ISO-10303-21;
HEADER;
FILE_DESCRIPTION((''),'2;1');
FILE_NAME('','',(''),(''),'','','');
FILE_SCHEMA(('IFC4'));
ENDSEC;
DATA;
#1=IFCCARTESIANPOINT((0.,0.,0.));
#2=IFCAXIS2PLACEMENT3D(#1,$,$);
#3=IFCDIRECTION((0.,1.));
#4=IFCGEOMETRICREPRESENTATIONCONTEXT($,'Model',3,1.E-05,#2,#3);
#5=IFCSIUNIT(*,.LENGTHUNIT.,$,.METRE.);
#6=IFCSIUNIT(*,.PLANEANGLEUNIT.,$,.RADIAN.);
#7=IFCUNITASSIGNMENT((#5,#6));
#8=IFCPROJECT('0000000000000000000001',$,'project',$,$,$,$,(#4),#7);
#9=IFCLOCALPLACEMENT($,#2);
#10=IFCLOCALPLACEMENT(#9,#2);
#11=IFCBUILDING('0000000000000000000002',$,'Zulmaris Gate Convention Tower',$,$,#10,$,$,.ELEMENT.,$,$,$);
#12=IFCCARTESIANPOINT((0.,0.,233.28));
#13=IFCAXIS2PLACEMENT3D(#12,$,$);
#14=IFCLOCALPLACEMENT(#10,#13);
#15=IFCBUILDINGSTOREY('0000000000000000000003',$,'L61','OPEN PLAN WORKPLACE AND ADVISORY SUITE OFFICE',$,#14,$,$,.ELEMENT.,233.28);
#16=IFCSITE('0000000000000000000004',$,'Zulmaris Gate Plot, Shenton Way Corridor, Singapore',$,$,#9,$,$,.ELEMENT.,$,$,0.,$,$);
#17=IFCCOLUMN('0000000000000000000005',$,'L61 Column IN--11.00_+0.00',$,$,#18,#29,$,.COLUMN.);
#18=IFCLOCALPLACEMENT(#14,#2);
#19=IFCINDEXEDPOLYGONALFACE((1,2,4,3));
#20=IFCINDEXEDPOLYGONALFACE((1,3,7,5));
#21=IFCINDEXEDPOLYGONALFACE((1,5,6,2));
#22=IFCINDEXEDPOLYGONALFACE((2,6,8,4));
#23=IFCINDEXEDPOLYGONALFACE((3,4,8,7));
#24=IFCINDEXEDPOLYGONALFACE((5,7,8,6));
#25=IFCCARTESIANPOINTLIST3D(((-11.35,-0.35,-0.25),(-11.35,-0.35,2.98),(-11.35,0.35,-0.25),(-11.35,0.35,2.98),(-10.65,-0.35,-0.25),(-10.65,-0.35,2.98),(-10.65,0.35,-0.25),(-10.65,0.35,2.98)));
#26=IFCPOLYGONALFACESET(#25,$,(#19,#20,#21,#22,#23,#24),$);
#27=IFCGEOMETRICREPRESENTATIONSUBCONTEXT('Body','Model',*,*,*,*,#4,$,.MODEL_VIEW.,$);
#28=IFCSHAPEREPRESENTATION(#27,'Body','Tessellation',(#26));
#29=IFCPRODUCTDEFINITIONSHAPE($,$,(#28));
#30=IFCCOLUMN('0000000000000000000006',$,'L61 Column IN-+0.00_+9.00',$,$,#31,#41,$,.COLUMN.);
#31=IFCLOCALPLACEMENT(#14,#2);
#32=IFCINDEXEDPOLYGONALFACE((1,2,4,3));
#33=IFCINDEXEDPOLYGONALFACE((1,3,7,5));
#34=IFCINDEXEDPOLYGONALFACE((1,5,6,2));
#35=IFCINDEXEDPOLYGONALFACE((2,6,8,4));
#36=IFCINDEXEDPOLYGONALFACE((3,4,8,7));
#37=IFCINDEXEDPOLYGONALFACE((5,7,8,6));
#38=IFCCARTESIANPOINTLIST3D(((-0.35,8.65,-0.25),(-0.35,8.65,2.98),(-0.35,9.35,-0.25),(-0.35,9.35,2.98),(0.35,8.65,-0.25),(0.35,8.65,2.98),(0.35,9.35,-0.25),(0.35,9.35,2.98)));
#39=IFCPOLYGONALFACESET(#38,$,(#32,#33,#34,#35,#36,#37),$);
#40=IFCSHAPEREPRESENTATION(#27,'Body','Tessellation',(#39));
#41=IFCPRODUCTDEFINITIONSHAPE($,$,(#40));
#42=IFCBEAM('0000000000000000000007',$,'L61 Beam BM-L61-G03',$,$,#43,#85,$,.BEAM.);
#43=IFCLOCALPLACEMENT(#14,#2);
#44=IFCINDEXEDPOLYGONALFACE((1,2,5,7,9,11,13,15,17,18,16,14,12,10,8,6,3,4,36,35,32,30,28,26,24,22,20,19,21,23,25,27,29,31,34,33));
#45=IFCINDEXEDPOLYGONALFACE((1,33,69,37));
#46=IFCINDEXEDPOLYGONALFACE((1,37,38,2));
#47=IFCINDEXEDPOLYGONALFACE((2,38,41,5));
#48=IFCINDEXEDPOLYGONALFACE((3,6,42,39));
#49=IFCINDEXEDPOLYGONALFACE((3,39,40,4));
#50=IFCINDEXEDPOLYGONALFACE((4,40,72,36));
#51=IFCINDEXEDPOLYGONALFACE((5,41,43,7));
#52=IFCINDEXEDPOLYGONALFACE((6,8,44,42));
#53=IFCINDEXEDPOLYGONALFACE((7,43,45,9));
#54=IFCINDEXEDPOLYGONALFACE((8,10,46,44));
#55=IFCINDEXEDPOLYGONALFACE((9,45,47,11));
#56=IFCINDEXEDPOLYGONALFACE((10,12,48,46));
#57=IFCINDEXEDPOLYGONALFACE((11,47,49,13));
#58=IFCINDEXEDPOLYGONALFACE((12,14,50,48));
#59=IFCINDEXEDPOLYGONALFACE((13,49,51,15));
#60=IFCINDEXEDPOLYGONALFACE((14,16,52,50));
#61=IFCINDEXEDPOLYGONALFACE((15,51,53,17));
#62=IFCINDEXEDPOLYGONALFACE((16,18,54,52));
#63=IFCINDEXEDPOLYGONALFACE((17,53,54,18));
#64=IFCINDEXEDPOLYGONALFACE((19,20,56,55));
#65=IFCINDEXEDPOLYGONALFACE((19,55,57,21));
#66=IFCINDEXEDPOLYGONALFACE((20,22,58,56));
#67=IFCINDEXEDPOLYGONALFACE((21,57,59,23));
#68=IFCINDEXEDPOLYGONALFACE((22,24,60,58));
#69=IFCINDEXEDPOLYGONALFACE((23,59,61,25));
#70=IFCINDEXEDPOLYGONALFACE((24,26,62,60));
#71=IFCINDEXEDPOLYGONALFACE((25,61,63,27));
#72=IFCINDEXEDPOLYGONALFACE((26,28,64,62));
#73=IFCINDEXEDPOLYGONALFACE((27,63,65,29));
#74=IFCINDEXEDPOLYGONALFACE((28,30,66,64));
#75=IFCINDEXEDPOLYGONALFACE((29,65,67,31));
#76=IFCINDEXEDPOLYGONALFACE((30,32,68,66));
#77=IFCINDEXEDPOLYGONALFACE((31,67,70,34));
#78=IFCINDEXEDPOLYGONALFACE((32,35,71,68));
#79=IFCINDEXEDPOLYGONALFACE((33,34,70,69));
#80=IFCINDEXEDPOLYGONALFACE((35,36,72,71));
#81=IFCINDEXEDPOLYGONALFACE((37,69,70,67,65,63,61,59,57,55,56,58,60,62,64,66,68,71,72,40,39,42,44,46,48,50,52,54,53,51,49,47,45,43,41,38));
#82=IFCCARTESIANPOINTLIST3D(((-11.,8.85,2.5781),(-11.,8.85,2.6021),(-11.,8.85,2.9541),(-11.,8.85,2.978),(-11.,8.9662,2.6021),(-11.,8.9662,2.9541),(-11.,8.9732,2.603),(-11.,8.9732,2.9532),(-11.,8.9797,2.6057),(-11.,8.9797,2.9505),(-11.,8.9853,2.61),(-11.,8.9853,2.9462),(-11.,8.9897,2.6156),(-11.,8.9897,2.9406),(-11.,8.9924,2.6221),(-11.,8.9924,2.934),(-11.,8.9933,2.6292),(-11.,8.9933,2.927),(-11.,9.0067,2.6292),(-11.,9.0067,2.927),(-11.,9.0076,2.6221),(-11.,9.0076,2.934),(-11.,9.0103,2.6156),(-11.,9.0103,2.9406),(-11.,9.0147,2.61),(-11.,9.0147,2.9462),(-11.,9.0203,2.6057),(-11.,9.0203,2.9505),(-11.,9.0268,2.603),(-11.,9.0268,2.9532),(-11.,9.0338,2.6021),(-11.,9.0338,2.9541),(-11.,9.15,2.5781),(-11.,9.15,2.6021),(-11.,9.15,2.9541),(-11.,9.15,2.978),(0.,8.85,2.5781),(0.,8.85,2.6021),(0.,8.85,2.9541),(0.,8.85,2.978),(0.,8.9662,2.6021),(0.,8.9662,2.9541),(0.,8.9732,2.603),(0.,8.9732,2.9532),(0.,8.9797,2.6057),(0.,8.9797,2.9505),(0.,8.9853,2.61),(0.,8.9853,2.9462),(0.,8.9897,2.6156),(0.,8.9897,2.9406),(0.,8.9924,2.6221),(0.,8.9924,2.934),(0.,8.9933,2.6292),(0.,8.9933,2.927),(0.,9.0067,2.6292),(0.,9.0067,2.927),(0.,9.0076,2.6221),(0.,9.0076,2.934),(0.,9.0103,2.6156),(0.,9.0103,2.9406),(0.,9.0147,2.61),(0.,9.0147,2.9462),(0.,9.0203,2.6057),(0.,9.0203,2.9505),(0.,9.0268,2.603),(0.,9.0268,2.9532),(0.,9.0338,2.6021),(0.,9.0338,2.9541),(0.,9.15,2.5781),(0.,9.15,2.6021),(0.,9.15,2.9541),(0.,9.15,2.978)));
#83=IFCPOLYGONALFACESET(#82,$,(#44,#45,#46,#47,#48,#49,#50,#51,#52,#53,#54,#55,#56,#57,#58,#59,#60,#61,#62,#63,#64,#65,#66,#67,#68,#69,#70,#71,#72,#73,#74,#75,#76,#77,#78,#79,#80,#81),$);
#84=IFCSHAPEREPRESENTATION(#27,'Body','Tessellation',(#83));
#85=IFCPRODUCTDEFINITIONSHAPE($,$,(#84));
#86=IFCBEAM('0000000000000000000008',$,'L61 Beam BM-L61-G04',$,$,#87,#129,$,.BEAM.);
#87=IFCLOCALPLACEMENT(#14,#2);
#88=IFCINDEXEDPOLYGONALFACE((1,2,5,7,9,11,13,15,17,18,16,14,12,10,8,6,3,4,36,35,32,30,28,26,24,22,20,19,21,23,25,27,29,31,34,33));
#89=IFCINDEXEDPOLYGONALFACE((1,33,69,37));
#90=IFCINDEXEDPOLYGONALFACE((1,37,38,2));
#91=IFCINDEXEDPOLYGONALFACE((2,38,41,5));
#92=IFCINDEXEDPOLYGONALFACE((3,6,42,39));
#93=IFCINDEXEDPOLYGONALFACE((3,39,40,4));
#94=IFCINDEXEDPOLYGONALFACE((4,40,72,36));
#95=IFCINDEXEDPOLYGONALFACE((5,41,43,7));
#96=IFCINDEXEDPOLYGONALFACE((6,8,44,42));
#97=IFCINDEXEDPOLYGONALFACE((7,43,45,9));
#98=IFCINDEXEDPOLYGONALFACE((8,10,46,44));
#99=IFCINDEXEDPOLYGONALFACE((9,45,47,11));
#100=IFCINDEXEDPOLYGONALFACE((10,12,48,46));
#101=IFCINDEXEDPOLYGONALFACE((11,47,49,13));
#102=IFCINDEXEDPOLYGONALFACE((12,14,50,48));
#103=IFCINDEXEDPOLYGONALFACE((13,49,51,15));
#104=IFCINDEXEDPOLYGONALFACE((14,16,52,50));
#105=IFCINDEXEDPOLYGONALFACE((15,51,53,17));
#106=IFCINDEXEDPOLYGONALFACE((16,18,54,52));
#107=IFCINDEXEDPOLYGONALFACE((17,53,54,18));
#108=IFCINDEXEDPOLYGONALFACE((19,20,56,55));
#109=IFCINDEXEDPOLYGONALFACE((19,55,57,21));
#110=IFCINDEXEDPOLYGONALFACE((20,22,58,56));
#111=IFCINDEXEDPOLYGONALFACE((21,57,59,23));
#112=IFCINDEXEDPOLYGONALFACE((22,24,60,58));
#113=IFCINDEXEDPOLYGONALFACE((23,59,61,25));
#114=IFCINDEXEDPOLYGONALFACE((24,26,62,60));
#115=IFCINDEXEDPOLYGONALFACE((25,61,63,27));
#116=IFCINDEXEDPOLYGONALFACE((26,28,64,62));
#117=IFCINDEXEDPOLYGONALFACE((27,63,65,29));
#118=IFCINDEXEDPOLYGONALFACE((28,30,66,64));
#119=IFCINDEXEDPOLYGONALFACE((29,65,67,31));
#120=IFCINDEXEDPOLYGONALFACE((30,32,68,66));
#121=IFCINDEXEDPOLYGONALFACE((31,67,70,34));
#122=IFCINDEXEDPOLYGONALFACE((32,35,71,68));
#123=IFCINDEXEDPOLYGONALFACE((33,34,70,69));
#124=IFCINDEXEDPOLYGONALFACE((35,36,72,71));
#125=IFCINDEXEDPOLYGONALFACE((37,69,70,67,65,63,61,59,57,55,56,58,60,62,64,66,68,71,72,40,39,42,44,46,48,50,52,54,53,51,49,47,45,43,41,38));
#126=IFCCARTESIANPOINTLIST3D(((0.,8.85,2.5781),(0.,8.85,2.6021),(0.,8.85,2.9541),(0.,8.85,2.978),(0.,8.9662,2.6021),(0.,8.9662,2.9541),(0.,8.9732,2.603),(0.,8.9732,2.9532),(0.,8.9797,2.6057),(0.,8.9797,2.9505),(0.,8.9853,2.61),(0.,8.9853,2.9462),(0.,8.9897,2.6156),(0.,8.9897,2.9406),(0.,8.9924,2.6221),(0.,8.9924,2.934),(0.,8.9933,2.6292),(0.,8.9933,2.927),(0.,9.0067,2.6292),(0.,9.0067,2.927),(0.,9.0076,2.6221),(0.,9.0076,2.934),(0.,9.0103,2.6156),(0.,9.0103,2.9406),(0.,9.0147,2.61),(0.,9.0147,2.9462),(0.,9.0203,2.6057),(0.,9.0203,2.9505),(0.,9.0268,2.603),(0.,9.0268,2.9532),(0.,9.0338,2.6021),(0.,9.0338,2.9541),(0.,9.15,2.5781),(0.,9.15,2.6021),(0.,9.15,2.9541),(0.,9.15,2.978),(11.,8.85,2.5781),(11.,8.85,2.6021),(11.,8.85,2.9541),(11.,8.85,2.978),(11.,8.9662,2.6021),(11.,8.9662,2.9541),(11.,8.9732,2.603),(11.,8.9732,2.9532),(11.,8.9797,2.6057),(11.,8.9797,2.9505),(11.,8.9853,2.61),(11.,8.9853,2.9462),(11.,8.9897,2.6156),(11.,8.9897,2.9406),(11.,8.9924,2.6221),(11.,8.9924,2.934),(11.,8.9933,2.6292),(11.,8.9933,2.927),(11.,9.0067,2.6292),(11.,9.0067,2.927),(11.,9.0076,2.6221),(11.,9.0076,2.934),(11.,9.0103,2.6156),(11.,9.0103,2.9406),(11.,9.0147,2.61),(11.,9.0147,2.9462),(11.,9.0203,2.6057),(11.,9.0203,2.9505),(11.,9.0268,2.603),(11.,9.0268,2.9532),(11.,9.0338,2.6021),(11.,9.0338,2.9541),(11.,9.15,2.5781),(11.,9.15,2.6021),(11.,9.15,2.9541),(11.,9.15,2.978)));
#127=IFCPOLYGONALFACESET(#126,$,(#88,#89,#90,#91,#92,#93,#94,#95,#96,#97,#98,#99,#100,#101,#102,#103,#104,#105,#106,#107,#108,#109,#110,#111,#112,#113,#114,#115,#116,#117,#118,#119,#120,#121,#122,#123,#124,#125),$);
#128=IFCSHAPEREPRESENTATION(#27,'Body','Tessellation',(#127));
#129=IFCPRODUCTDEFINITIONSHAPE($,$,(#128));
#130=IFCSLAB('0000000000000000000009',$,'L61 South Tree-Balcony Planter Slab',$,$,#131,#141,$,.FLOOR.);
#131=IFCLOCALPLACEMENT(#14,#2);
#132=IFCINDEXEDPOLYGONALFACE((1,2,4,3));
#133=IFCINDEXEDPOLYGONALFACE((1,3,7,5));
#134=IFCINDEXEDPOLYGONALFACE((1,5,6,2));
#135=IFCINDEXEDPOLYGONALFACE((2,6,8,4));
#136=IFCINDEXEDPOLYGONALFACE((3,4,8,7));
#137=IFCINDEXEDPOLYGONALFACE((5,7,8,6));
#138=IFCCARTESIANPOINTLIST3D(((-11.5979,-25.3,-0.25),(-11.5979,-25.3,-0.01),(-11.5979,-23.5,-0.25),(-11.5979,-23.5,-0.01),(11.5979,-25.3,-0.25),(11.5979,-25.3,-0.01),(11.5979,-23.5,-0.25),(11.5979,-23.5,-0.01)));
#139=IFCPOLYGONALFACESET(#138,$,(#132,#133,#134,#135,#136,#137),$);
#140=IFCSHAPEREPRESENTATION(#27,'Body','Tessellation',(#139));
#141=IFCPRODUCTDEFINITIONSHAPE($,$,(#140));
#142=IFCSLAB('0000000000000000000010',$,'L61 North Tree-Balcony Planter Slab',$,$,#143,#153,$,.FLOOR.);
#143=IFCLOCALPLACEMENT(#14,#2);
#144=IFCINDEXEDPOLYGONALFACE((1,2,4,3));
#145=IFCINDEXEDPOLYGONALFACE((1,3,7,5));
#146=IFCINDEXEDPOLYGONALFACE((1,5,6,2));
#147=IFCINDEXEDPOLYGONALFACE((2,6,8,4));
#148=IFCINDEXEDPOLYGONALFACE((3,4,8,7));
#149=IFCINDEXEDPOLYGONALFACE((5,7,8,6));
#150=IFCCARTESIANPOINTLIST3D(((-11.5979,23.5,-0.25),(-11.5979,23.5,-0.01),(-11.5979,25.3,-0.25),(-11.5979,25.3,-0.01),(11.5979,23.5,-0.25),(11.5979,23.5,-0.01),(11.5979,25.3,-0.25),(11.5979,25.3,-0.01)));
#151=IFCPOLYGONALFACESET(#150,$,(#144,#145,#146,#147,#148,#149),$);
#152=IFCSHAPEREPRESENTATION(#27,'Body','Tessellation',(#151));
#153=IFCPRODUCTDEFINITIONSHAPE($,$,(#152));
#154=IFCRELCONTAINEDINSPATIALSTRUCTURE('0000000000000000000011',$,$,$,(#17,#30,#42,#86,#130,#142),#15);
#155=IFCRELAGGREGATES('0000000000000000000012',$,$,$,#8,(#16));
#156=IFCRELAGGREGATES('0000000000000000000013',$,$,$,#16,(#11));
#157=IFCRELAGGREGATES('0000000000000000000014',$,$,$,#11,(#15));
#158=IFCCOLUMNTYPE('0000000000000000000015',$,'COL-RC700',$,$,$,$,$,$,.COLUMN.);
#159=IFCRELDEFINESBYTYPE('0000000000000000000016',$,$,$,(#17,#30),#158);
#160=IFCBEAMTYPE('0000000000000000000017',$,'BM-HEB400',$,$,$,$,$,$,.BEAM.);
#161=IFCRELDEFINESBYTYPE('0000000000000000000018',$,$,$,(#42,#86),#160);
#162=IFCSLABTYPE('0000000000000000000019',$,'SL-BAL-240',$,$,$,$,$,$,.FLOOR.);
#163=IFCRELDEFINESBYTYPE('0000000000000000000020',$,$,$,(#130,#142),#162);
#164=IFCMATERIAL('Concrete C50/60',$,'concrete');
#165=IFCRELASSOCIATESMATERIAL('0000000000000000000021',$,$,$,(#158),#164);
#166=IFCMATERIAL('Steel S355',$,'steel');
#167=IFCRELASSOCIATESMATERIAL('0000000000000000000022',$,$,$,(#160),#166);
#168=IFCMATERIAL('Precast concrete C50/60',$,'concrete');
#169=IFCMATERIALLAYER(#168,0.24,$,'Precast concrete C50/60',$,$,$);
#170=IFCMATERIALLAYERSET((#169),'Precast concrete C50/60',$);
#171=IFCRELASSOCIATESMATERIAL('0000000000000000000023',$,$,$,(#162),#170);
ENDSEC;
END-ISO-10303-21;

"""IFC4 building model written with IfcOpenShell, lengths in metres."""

from ifc_helpers import new_model, si_unit, direction, frame, origin, origin_2d, place, context, subcontext, project, spatial, polyline, rectangle, i_section, outline, extrude, material, layer, layer_set, material_profile, profile_set, type_object, element, save


model = new_model("IFC4")

# Units and contexts
model_context = context("Model", 3, precision=1e-05, world=origin(), true_north=direction((0.0, 1.0)))
body_context = subcontext(model_context, "Body", "Model", "MODEL_VIEW")
ifc_project = project(units=[si_unit("LENGTHUNIT", "METRE"), si_unit("PLANEANGLEUNIT", "RADIAN")], contexts=[model_context])

# Site, building, storey
site_placement = place(None, origin())
site = spatial("IfcSite", under=ifc_project, at=site_placement, Name="Zulmaris Gate Plot, Shenton Way Corridor, Singapore", CompositionType="ELEMENT", RefElevation=0.0)
building_placement = place(site_placement, origin())
building = spatial("IfcBuilding", under=site, at=building_placement, Name="Zulmaris Gate Convention Tower", CompositionType="ELEMENT")
storey_placement = place(building_placement, frame((0.0, 0.0, 233.28)))
storey = spatial("IfcBuildingStorey", under=building, at=storey_placement, Name="L61", Description="OPEN PLAN WORKPLACE AND ADVISORY SUITE OFFICE", CompositionType="ELEMENT", Elevation=233.28)

# Columns
ifc_material_1 = material(Name="Concrete C50/60", Category="concrete")
ifc_material_profile_1 = material_profile(ifc_material_1, rectangle(XDim=0.7, YDim=0.7, at=origin_2d()), Name="RC COL 700x700")
ifc_profile_set_1 = profile_set([ifc_material_profile_1], Name="Concrete C50/60")
column_type = type_object("IfcColumnType", Name="COL-RC700", PredefinedType="COLUMN", material=ifc_profile_set_1)
for number, where, z_axis, x_axis, name in (
    (1, (-11.0, 0.0, -0.25), (0.0, 0.0, 1.0), (1.0, 0.0, 0.0), "L61 Column IN--11.00_+0.00"),
    (2, (0.0, 9.0, -0.25), (0.0, 0.0, 1.0), (1.0, 0.0, 0.0), "L61 Column IN-+0.00_+9.00"),
):
    element("IfcColumn", number, at=place(storey_placement, frame(where, z_axis=z_axis, x_axis=x_axis)), inside=storey, type_object=column_type, Name=name, PredefinedType="COLUMN", context=body_context, shape_type="SweptSolid", body=[
        extrude(rectangle(XDim=0.7, YDim=0.7, at=origin_2d()), origin(), (0.0, 0.0, 1.0), 3.23),
    ])

# Beams
ifc_material_2 = material(Name="Steel S355", Category="steel")
ifc_material_profile_2 = material_profile(ifc_material_2, i_section(OverallWidth=0.3, OverallDepth=0.3999, WebThickness=0.0134, FlangeThickness=0.0239, FilletRadius=0.0271, at=origin_2d()), Name="HEB 400")
ifc_profile_set_2 = profile_set([ifc_material_profile_2], Name="Steel S355")
beam_type = type_object("IfcBeamType", Name="BM-HEB400", PredefinedType="BEAM", material=ifc_profile_set_2)
for number, where, z_axis, x_axis, name in (
    (3, (-11.0, 9.0, 2.7781), (1.0, 0.0, 0.0), (0.0, 1.0, 0.0), "L61 Beam BM-L61-G03"),
    (4, (0.0, 9.0, 2.7781), (1.0, 0.0, 0.0), (0.0, 1.0, 0.0), "L61 Beam BM-L61-G04"),
):
    element("IfcBeam", number, at=place(storey_placement, frame(where, z_axis=z_axis, x_axis=x_axis)), inside=storey, type_object=beam_type, Name=name, PredefinedType="BEAM", context=body_context, shape_type="SweptSolid", body=[
        extrude(i_section(OverallWidth=0.3, OverallDepth=0.3999, WebThickness=0.0134, FlangeThickness=0.0239, FilletRadius=0.0271, at=origin_2d()), origin(), (0.0, 0.0, 1.0), 11.0),
    ])

# Slabs
ifc_material_3 = material(Name="Precast concrete C50/60", Category="concrete")
ifc_layer_1 = layer(ifc_material_3, 0.24, Name="Precast concrete C50/60")
ifc_layer_set_1 = layer_set([ifc_layer_1], Name="Precast concrete C50/60")
slab_type_1 = type_object("IfcSlabType", Name="SL-BAL-240", PredefinedType="FLOOR", material=ifc_layer_set_1)
slab_1_placement = place(storey_placement, frame((0.0, 0.0, -0.25)))
element("IfcSlab", 5, at=slab_1_placement, inside=storey, type_object=slab_type_1, Name="L61 South Tree-Balcony Planter Slab", PredefinedType="FLOOR", context=body_context, shape_type="SweptSolid", body=[
    extrude(outline(polyline([(-11.5979, -25.3), (-11.5979, -23.5), (11.5979, -23.5), (11.5979, -25.3), (-11.5979, -25.3)])), origin(), (0.0, 0.0, 1.0), 0.24),
])
slab_2_placement = place(storey_placement, frame((0.0, 0.0, -0.25)))
element("IfcSlab", 6, at=slab_2_placement, inside=storey, type_object=slab_type_1, Name="L61 North Tree-Balcony Planter Slab", PredefinedType="FLOOR", context=body_context, shape_type="SweptSolid", body=[
    extrude(outline(polyline([(11.5979, 25.3), (11.5979, 23.5), (-11.5979, 23.5), (-11.5979, 25.3), (11.5979, 25.3)])), origin(), (0.0, 0.0, 1.0), 0.24),
])

save(model, "model.ifc")
